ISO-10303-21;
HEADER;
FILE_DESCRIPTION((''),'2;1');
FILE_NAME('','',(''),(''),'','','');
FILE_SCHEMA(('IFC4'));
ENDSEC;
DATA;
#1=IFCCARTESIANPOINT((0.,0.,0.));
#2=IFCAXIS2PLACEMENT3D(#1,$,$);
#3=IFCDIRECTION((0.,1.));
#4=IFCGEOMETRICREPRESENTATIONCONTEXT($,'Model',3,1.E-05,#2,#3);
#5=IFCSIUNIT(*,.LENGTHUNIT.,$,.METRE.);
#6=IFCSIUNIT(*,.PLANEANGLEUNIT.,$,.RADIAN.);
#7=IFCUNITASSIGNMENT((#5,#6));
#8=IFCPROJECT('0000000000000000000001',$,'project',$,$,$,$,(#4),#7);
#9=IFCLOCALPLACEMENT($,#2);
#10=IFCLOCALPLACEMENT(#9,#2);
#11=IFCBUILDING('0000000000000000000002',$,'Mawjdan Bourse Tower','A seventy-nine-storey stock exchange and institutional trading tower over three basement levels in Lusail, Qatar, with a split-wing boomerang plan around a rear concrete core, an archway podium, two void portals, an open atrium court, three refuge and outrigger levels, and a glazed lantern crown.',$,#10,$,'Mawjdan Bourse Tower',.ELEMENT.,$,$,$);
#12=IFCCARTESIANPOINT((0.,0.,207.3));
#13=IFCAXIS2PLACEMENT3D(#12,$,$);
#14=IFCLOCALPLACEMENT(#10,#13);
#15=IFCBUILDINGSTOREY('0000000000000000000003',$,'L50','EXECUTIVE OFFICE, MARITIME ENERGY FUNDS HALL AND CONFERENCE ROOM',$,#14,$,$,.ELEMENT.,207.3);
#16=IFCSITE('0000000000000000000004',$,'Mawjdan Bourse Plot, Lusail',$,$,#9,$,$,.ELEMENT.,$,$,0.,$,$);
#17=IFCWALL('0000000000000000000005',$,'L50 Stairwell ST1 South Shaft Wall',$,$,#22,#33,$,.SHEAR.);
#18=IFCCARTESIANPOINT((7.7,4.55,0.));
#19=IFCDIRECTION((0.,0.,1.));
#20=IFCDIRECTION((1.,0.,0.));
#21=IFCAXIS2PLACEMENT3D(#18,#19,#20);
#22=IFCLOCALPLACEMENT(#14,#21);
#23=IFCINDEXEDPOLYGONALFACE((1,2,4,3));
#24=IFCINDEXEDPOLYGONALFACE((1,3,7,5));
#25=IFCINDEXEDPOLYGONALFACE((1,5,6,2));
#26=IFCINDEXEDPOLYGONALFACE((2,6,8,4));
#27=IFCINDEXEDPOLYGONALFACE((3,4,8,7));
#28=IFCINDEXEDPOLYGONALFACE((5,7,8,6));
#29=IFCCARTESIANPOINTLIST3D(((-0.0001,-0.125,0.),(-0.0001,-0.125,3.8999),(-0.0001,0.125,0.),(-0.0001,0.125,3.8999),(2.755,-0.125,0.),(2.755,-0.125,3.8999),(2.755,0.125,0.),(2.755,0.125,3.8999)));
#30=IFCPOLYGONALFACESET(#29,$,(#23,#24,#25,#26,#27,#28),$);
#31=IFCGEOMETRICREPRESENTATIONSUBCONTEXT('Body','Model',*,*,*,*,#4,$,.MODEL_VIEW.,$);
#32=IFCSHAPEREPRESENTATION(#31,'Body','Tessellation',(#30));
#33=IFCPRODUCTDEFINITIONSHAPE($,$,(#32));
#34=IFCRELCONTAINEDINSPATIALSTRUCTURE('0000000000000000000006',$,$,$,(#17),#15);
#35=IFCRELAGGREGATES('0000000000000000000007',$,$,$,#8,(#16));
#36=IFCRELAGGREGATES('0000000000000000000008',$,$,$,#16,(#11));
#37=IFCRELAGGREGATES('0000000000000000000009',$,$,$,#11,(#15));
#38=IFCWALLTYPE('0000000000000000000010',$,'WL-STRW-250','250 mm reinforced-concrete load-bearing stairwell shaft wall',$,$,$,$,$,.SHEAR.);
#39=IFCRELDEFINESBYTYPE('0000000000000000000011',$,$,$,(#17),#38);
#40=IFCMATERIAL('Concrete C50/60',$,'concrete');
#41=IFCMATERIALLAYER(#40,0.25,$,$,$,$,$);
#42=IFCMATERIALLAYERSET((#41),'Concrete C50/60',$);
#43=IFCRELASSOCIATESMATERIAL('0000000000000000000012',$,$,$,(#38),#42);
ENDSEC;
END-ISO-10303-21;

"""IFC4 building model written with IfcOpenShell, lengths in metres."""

from ifc_helpers import new_model, si_unit, direction, frame, frame_2d, origin, place, context, subcontext, project, spatial, rectangle, extrude, material, layer, layer_set, type_object, element, save


model = new_model("IFC4")

# Units and contexts
model_context = context("Model", 3, precision=1e-05, world=origin(), true_north=direction((0.0, 1.0)))
body_context = subcontext(model_context, "Body", "Model", "MODEL_VIEW")
ifc_project = project(units=[si_unit("LENGTHUNIT", "METRE"), si_unit("PLANEANGLEUNIT", "RADIAN")], contexts=[model_context])

# Site, building, storey
site_placement = place(None, origin())
site = spatial("IfcSite", under=ifc_project, at=site_placement, Name="Mawjdan Bourse Plot, Lusail", CompositionType="ELEMENT", RefElevation=0.0)
building_placement = place(site_placement, origin())
building = spatial("IfcBuilding", under=site, at=building_placement, Name="Mawjdan Bourse Tower", Description="A seventy-nine-storey stock exchange and institutional trading tower over three basement levels in Lusail, Qatar, with a split-wing boomerang plan around a rear concrete core, an archway podium, two void portals, an open atrium court, three refuge and outrigger levels, and a glazed lantern crown.", LongName="Mawjdan Bourse Tower", CompositionType="ELEMENT")
storey_placement = place(building_placement, frame((0.0, 0.0, 207.3)))
storey = spatial("IfcBuildingStorey", under=building, at=storey_placement, Name="L50", Description="EXECUTIVE OFFICE, MARITIME ENERGY FUNDS HALL AND CONFERENCE ROOM", CompositionType="ELEMENT", Elevation=207.3)

# Shared definitions
ifc_material_1 = material(Name="Concrete C50/60", Category="concrete")

# Wall
ifc_layer_1 = layer(ifc_material_1, 0.25)
ifc_layer_set_1 = layer_set([ifc_layer_1], Name="Concrete C50/60")
wall_type_1 = type_object("IfcWallType", Name="WL-STRW-250", Description="250 mm reinforced-concrete load-bearing stairwell shaft wall", PredefinedType="SHEAR", material=ifc_layer_set_1)
wall_1_placement = place(storey_placement, frame((7.7, 4.55, 0.0), z_axis=(0.0, 0.0, 1.0), x_axis=(1.0, 0.0, 0.0)))
element("IfcWall", 1, at=wall_1_placement, inside=storey, type_object=wall_type_1, Name="L50 Stairwell ST1 South Shaft Wall", PredefinedType="SHEAR", context=body_context, shape_type="SweptSolid", body=[
    extrude(rectangle(XDim=2.7551, YDim=0.25, at=frame_2d((1.3774, 0.0))), origin(), (0.0, 0.0, 1.0), 3.8999),
])

save(model, "model.ifc")
